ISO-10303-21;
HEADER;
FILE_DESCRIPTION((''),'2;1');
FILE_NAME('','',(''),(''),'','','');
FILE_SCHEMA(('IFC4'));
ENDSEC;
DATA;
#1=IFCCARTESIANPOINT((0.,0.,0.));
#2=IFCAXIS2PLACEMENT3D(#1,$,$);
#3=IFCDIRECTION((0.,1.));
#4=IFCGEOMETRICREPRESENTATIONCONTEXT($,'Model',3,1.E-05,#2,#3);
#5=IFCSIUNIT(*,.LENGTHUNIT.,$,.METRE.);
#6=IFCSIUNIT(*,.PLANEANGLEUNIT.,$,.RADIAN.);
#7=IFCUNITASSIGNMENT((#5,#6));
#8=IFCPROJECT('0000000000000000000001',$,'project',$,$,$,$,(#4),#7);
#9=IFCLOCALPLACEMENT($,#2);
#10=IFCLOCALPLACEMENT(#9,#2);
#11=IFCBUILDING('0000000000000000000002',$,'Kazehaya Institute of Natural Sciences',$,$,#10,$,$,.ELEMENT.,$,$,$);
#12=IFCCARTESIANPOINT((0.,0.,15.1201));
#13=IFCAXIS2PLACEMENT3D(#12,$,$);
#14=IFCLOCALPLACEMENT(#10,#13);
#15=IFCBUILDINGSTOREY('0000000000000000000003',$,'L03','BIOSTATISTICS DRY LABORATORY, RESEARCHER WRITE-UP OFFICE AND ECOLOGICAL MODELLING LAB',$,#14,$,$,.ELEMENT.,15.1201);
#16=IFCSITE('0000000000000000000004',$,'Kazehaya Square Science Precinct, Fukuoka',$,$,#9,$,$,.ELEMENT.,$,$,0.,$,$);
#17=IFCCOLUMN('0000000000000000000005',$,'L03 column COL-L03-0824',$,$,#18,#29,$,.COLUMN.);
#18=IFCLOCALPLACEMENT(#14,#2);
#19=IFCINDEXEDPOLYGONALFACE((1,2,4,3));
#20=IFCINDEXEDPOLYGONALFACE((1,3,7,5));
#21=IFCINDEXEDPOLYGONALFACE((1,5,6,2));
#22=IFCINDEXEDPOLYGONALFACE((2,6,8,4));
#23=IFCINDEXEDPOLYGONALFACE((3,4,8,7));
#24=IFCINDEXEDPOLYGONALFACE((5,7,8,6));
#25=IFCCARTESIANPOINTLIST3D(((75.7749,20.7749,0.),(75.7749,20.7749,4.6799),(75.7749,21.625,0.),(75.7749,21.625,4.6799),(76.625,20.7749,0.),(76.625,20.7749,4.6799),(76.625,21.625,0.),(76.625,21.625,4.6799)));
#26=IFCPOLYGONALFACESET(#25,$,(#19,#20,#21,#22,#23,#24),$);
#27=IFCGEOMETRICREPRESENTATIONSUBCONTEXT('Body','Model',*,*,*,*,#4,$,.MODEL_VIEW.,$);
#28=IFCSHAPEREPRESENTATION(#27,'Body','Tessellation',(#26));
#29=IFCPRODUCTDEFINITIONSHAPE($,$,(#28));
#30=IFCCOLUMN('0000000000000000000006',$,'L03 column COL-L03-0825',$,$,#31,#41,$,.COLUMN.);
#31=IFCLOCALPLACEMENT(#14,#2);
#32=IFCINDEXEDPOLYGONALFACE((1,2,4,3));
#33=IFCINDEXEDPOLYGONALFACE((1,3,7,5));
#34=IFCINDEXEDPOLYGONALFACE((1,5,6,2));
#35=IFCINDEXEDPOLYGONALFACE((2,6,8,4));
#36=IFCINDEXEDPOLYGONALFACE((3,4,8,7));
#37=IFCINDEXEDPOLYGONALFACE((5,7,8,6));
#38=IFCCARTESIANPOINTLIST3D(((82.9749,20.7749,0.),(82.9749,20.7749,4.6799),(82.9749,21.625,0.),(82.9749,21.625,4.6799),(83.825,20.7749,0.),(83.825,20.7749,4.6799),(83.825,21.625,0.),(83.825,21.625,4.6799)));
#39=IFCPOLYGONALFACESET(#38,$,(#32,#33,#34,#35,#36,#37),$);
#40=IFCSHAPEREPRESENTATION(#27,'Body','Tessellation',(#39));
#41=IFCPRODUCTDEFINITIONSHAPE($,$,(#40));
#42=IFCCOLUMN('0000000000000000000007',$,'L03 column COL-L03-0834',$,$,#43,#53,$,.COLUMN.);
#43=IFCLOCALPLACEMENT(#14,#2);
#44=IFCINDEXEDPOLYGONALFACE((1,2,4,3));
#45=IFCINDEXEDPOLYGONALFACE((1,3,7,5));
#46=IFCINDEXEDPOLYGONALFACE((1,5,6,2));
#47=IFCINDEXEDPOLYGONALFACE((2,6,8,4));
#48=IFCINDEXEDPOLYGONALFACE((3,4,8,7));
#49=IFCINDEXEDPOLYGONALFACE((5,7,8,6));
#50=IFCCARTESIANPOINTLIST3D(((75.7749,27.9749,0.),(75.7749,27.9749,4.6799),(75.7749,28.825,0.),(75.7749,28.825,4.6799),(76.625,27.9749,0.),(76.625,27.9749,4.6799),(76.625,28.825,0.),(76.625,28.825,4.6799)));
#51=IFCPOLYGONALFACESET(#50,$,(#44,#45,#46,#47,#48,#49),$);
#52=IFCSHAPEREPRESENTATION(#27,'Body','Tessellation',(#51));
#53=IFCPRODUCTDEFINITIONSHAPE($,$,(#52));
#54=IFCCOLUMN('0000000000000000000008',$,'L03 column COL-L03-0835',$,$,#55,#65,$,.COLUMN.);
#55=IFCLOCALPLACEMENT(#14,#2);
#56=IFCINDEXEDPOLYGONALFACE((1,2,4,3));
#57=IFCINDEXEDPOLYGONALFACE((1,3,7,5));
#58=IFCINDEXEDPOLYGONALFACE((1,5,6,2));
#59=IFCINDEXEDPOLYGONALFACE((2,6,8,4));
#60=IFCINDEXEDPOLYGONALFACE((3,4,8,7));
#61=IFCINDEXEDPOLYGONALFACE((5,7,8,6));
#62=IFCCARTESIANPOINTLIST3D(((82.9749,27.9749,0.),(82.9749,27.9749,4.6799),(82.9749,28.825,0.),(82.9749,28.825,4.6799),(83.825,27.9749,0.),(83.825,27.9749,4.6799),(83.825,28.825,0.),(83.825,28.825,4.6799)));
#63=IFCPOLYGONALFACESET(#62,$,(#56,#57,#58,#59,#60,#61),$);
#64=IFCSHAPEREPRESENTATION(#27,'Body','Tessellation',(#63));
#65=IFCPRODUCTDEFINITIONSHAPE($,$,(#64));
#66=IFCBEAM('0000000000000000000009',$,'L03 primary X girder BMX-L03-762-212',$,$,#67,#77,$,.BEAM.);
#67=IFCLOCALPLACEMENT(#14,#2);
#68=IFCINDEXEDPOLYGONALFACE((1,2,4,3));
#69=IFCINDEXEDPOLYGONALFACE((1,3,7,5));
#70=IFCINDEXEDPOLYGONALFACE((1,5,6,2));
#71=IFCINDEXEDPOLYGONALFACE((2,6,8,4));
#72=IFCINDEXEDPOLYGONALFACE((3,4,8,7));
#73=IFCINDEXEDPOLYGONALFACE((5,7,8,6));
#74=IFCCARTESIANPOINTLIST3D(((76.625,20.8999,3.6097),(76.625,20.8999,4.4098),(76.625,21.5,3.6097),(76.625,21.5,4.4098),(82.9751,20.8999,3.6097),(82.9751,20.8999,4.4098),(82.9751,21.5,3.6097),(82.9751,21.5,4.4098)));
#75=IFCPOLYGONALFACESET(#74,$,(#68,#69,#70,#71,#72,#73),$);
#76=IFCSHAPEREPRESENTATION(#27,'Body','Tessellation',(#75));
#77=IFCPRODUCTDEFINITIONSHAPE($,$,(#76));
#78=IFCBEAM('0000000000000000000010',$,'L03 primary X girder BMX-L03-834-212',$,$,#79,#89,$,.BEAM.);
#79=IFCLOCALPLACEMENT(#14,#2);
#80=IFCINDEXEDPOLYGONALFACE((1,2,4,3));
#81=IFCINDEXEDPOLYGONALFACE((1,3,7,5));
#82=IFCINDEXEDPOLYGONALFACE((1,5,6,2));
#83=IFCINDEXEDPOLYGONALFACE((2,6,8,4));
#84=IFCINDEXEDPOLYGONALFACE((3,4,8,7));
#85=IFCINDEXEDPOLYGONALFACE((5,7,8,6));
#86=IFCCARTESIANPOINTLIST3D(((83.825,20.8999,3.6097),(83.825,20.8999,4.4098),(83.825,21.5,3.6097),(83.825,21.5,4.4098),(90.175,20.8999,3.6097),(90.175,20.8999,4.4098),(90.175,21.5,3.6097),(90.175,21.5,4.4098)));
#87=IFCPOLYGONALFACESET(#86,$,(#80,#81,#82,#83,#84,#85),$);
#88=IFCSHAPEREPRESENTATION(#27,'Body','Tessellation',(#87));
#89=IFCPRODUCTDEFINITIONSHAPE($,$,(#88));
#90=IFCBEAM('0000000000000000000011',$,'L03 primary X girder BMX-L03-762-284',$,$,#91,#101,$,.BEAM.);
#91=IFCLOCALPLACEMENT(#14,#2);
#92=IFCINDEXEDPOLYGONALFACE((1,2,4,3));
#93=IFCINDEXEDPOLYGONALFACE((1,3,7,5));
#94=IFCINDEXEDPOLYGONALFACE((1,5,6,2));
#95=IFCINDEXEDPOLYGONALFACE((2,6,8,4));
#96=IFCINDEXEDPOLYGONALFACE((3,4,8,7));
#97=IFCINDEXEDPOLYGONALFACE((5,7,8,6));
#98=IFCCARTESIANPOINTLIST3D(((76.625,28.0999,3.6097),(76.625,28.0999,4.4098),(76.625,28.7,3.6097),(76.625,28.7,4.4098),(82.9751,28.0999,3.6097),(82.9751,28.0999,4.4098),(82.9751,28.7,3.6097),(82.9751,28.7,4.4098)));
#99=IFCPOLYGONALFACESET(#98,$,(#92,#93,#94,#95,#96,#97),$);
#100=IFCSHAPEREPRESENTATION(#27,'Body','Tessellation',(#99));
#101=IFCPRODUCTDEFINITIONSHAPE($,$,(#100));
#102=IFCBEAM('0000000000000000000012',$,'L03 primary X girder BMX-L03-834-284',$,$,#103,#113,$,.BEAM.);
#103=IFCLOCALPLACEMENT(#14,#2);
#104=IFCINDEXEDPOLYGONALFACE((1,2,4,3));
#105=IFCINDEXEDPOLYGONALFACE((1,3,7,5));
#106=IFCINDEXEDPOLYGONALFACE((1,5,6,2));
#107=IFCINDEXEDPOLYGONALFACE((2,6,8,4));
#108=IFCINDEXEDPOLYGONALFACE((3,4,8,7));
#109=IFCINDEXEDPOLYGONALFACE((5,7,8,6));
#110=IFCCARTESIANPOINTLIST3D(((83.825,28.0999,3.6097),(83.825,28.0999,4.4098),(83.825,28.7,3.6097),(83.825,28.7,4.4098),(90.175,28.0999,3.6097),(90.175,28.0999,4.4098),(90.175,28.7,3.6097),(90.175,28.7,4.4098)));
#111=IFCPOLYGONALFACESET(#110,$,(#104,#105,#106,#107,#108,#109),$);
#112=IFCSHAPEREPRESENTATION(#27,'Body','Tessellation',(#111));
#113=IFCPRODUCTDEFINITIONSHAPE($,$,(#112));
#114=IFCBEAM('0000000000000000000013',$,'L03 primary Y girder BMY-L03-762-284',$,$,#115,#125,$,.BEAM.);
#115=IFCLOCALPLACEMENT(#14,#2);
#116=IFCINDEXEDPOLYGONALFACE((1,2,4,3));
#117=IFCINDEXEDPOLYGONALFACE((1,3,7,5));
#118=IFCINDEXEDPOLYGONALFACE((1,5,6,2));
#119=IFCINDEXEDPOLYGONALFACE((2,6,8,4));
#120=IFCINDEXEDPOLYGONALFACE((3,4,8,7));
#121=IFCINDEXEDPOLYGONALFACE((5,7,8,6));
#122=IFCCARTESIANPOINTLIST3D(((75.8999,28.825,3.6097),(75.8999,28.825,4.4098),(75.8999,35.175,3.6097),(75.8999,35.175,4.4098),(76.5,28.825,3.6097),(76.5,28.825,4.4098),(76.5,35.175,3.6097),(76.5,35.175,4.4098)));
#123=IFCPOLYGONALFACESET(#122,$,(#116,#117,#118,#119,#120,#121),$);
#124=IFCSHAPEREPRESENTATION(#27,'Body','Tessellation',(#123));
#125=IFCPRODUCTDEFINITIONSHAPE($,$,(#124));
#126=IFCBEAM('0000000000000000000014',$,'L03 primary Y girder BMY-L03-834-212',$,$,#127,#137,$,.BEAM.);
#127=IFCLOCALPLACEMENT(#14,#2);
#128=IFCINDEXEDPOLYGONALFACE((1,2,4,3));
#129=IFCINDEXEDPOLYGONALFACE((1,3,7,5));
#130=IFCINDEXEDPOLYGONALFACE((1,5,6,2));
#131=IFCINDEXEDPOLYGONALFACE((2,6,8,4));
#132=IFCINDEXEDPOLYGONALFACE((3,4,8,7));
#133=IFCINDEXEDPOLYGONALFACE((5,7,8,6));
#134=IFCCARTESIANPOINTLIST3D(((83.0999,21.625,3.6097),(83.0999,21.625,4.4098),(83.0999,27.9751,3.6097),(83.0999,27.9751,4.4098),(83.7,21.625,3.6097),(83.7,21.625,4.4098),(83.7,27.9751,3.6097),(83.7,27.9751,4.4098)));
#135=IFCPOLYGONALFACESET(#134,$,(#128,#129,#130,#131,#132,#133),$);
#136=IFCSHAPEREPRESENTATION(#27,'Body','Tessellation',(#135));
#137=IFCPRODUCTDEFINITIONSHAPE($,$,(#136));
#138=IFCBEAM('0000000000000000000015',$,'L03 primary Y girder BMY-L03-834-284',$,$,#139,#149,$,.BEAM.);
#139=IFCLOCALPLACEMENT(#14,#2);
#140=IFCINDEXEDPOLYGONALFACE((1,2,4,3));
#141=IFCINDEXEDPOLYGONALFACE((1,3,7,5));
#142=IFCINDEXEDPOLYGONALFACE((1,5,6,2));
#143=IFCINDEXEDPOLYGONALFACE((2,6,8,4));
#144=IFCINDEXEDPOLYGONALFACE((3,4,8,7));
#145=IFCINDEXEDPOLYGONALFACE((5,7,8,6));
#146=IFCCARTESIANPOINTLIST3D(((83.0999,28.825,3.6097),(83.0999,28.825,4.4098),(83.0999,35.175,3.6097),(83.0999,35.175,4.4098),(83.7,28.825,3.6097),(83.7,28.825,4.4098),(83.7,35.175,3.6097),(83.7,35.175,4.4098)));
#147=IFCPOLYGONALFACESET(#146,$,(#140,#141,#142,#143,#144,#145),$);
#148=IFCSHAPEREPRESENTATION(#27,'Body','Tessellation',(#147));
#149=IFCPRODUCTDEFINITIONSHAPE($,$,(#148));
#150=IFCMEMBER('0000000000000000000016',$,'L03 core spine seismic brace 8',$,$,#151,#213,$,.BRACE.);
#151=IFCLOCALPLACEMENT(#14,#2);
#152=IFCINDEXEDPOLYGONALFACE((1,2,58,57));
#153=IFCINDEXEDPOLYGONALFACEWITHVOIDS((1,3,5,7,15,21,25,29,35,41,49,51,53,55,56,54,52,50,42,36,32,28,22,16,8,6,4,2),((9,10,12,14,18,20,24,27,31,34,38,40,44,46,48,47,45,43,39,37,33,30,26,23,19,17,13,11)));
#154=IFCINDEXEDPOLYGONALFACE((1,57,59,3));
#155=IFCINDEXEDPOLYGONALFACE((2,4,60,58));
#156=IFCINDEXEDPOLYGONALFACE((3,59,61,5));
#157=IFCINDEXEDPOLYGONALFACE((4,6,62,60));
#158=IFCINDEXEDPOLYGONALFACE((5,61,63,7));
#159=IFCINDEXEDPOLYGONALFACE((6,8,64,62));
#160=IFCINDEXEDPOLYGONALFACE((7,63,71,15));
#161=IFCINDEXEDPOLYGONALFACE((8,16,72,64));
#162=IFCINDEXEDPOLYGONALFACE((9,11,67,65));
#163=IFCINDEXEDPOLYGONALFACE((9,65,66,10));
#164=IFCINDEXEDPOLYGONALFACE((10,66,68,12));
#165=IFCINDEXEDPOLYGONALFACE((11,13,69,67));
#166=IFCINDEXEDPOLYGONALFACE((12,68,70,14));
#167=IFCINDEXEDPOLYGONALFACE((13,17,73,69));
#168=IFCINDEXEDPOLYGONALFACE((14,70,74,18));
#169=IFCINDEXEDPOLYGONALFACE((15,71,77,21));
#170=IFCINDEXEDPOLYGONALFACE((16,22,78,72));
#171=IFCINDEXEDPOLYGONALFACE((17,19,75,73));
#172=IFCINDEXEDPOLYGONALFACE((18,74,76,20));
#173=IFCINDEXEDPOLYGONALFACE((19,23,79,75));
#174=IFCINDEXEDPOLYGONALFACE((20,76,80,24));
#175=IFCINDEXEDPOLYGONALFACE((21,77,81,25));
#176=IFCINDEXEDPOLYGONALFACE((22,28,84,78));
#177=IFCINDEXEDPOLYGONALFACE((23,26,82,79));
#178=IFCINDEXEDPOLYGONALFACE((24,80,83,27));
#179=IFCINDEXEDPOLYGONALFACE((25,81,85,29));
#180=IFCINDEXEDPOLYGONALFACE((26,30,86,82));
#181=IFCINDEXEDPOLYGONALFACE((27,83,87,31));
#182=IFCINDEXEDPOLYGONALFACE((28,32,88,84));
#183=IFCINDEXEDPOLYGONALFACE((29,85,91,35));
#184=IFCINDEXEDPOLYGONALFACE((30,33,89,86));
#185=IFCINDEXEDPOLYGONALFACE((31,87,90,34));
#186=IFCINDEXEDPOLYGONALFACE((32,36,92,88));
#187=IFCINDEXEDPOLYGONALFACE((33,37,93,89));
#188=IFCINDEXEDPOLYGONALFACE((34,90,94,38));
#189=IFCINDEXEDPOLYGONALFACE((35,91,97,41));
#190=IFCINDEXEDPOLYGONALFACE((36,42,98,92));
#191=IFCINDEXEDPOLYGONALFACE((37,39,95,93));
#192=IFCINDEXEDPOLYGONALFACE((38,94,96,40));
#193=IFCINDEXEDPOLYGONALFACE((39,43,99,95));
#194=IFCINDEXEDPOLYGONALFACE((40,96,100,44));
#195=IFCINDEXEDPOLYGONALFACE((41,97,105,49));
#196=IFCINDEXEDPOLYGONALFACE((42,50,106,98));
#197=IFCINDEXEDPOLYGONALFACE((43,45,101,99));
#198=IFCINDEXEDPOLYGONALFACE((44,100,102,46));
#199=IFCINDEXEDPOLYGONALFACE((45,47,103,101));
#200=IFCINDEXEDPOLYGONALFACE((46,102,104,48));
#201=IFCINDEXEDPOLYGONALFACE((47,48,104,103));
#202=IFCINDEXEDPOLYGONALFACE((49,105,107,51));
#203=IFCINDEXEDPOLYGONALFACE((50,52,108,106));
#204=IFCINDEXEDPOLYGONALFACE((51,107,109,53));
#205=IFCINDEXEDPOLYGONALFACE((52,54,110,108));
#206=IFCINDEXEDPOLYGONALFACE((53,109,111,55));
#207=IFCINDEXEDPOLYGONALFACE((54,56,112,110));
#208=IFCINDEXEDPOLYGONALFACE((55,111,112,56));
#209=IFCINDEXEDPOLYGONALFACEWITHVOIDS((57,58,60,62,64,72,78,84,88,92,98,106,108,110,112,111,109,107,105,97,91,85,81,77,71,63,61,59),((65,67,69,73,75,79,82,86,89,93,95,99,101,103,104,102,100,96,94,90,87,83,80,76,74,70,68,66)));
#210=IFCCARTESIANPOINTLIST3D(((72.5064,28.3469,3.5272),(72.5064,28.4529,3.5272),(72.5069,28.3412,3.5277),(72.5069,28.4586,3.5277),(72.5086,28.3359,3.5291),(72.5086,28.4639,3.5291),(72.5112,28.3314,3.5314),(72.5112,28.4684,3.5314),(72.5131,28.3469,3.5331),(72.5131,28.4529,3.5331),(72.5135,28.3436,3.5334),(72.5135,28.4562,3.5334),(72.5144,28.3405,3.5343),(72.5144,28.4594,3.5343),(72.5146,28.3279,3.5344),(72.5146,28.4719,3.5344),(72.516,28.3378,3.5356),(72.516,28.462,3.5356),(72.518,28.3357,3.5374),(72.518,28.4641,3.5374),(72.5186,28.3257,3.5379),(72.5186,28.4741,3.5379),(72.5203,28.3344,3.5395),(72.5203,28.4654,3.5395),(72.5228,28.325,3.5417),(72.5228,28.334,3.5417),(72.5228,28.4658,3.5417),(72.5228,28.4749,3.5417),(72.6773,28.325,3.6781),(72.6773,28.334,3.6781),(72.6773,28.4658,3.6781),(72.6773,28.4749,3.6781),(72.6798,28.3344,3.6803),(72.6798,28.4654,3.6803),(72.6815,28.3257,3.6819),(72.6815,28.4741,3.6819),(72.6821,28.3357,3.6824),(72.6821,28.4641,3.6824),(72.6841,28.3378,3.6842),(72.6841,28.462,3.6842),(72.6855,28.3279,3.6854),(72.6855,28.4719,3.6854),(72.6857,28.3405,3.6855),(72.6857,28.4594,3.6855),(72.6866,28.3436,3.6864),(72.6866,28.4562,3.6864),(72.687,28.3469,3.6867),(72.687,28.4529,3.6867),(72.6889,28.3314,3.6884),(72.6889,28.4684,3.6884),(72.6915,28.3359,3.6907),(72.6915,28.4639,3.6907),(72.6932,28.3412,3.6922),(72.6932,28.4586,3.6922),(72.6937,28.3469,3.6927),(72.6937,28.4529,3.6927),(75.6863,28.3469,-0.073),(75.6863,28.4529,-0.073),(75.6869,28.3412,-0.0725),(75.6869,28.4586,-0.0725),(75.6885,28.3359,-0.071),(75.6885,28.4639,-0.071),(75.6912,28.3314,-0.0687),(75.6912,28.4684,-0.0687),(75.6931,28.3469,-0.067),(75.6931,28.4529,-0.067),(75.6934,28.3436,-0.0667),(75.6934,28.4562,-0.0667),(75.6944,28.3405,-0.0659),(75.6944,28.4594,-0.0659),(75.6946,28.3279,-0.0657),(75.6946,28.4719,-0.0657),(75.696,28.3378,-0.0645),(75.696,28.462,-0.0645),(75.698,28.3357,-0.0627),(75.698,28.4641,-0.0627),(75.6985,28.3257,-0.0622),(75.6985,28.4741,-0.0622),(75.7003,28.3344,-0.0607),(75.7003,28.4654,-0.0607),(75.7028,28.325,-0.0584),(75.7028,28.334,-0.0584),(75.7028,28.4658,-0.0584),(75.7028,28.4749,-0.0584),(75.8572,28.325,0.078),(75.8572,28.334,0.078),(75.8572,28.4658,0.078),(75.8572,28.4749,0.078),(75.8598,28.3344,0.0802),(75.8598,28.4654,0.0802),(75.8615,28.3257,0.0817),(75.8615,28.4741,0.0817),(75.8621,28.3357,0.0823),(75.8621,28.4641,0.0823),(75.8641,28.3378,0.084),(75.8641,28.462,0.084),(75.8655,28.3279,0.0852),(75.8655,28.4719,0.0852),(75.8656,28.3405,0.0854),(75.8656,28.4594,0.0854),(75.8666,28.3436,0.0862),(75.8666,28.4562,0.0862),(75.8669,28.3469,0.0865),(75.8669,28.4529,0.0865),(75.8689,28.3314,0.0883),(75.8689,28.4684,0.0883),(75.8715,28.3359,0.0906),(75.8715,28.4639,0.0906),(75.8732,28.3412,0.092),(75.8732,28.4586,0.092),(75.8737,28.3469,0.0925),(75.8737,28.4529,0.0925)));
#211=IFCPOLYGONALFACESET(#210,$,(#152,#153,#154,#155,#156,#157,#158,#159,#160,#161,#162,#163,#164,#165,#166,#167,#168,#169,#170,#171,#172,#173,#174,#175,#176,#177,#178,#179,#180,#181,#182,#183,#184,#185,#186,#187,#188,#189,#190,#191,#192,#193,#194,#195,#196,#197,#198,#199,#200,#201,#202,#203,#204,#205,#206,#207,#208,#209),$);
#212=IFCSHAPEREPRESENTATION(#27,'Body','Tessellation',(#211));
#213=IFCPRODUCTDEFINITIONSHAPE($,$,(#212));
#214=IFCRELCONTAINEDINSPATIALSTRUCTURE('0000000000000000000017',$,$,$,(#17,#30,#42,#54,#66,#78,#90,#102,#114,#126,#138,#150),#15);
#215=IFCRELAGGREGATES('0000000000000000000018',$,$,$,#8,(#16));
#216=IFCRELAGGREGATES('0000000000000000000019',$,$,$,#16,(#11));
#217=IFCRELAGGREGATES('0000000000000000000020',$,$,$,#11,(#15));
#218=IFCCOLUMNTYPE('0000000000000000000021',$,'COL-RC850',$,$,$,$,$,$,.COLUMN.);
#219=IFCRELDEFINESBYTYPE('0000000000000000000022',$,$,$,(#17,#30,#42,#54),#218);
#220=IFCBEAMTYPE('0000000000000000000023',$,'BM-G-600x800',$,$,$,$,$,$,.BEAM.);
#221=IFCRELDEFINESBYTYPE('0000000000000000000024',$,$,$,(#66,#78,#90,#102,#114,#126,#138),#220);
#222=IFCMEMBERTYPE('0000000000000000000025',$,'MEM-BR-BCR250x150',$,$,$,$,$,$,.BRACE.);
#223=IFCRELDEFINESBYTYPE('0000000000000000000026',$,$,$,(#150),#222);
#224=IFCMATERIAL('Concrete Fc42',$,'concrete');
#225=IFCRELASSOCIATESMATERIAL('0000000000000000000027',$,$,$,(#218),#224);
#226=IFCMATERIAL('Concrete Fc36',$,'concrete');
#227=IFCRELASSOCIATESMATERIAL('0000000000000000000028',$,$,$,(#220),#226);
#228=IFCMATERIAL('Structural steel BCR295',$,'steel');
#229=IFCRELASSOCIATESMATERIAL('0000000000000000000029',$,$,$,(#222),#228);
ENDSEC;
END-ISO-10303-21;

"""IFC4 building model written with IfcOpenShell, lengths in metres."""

from ifc_helpers import new_model, si_unit, direction, frame, origin, origin_2d, place, context, subcontext, project, spatial, rectangle, hollow_rectangle, extrude, material, material_profile, profile_set, type_object, element, save


model = new_model("IFC4")

# Units and contexts
model_context = context("Model", 3, precision=1e-05, world=origin(), true_north=direction((0.0, 1.0)))
body_context = subcontext(model_context, "Body", "Model", "MODEL_VIEW")
ifc_project = project(units=[si_unit("LENGTHUNIT", "METRE"), si_unit("PLANEANGLEUNIT", "RADIAN")], contexts=[model_context])

# Site, building, storey
site_placement = place(None, origin())
site = spatial("IfcSite", under=ifc_project, at=site_placement, Name="Kazehaya Square Science Precinct, Fukuoka", CompositionType="ELEMENT", RefElevation=0.0)
building_placement = place(site_placement, origin())
building = spatial("IfcBuilding", under=site, at=building_placement, Name="Kazehaya Institute of Natural Sciences", CompositionType="ELEMENT")
storey_placement = place(building_placement, frame((0.0, 0.0, 15.1201)))
storey = spatial("IfcBuildingStorey", under=building, at=storey_placement, Name="L03", Description="BIOSTATISTICS DRY LABORATORY, RESEARCHER WRITE-UP OFFICE AND ECOLOGICAL MODELLING LAB", CompositionType="ELEMENT", Elevation=15.1201)

# Columns
ifc_material_1 = material(Name="Concrete Fc42", Category="concrete")
ifc_material_profile_1 = material_profile(ifc_material_1, rectangle(XDim=0.8501, YDim=0.8501, at=origin_2d()), Name="RC-850x850")
ifc_profile_set_1 = profile_set([ifc_material_profile_1], Name="Concrete Fc42")
column_type = type_object("IfcColumnType", Name="COL-RC850", PredefinedType="COLUMN", material=ifc_profile_set_1)
for number, where, z_axis, x_axis, name in (
    (1, (76.2, 21.2, 0.0), (0.0, 0.0, 1.0), (1.0, 0.0, 0.0), "L03 column COL-L03-0824"),
    (2, (83.3999, 21.2, 0.0), (0.0, 0.0, 1.0), (1.0, 0.0, 0.0), "L03 column COL-L03-0825"),
    (3, (76.2, 28.3999, 0.0), (0.0, 0.0, 1.0), (1.0, 0.0, 0.0), "L03 column COL-L03-0834"),
    (4, (83.3999, 28.3999, 0.0), (0.0, 0.0, 1.0), (1.0, 0.0, 0.0), "L03 column COL-L03-0835"),
):
    element("IfcColumn", number, at=place(storey_placement, frame(where, z_axis=z_axis, x_axis=x_axis)), inside=storey, type_object=column_type, Name=name, PredefinedType="COLUMN", context=body_context, shape_type="SweptSolid", body=[
        extrude(rectangle(XDim=0.8501, YDim=0.8501, at=origin_2d()), origin(), (0.0, 0.0, 1.0), 4.6799),
    ])

# Beams
ifc_material_2 = material(Name="Concrete Fc36", Category="concrete")
ifc_material_profile_2 = material_profile(ifc_material_2, rectangle(XDim=0.6001, YDim=0.8, at=origin_2d()), Name="RC-600x800")
ifc_profile_set_2 = profile_set([ifc_material_profile_2], Name="Concrete Fc36")
beam_type = type_object("IfcBeamType", Name="BM-G-600x800", PredefinedType="BEAM", material=ifc_profile_set_2)
for number, where, z_axis, x_axis, name in (
    (5, (76.625, 21.2, 4.0098), (1.0, 0.0, 0.0), (0.0, 1.0, 0.0), "L03 primary X girder BMX-L03-762-212"),
    (6, (83.825, 21.2, 4.0098), (1.0, 0.0, 0.0), (0.0, 1.0, 0.0), "L03 primary X girder BMX-L03-834-212"),
    (7, (76.625, 28.3999, 4.0098), (1.0, 0.0, 0.0), (0.0, 1.0, 0.0), "L03 primary X girder BMX-L03-762-284"),
    (8, (83.825, 28.3999, 4.0098), (1.0, 0.0, 0.0), (0.0, 1.0, 0.0), "L03 primary X girder BMX-L03-834-284"),
    (9, (76.2, 28.825, 4.0098), (0.0, 1.0, 0.0), (-1.0, 0.0, 0.0), "L03 primary Y girder BMY-L03-762-284"),
    (10, (83.3999, 21.625, 4.0098), (0.0, 1.0, 0.0), (-1.0, 0.0, 0.0), "L03 primary Y girder BMY-L03-834-212"),
    (11, (83.3999, 28.825, 4.0098), (0.0, 1.0, 0.0), (-1.0, 0.0, 0.0), "L03 primary Y girder BMY-L03-834-284"),
):
    element("IfcBeam", number, at=place(storey_placement, frame(where, z_axis=z_axis, x_axis=x_axis)), inside=storey, type_object=beam_type, Name=name, PredefinedType="BEAM", context=body_context, shape_type="SweptSolid", body=[
        extrude(rectangle(XDim=0.6001, YDim=0.8, at=origin_2d()), origin(), (0.0, 0.0, 1.0), 6.3501),
    ])

# Member
ifc_material_3 = material(Name="Structural steel BCR295", Category="steel")
ifc_material_profile_3 = material_profile(ifc_material_3, hollow_rectangle(XDim=0.1499, YDim=0.25, WallThickness=0.009, InnerFilletRadius=0.0129, OuterFilletRadius=0.022, at=origin_2d()), Name="BCR-250x150x9")
ifc_profile_set_3 = profile_set([ifc_material_profile_3], Name="Structural steel BCR295")
member_type = type_object("IfcMemberType", Name="MEM-BR-BCR250x150", PredefinedType="BRACE", material=ifc_profile_set_3)
member_placement = place(storey_placement, frame((75.78, 28.3999, 0.0098), z_axis=(-0.662017, 0.0, 0.749489), x_axis=(0.0, -1.0, 0.0)))
element("IfcMember", 12, at=member_placement, inside=storey, type_object=member_type, Name="L03 core spine seismic brace 8", PredefinedType="BRACE", context=body_context, shape_type="SweptSolid", body=[
    extrude(hollow_rectangle(XDim=0.1499, YDim=0.25, WallThickness=0.009, InnerFilletRadius=0.0129, OuterFilletRadius=0.022, at=origin_2d()), origin(), (0.0, 0.0, 1.0), 4.8035),
])

save(model, "model.ifc")
